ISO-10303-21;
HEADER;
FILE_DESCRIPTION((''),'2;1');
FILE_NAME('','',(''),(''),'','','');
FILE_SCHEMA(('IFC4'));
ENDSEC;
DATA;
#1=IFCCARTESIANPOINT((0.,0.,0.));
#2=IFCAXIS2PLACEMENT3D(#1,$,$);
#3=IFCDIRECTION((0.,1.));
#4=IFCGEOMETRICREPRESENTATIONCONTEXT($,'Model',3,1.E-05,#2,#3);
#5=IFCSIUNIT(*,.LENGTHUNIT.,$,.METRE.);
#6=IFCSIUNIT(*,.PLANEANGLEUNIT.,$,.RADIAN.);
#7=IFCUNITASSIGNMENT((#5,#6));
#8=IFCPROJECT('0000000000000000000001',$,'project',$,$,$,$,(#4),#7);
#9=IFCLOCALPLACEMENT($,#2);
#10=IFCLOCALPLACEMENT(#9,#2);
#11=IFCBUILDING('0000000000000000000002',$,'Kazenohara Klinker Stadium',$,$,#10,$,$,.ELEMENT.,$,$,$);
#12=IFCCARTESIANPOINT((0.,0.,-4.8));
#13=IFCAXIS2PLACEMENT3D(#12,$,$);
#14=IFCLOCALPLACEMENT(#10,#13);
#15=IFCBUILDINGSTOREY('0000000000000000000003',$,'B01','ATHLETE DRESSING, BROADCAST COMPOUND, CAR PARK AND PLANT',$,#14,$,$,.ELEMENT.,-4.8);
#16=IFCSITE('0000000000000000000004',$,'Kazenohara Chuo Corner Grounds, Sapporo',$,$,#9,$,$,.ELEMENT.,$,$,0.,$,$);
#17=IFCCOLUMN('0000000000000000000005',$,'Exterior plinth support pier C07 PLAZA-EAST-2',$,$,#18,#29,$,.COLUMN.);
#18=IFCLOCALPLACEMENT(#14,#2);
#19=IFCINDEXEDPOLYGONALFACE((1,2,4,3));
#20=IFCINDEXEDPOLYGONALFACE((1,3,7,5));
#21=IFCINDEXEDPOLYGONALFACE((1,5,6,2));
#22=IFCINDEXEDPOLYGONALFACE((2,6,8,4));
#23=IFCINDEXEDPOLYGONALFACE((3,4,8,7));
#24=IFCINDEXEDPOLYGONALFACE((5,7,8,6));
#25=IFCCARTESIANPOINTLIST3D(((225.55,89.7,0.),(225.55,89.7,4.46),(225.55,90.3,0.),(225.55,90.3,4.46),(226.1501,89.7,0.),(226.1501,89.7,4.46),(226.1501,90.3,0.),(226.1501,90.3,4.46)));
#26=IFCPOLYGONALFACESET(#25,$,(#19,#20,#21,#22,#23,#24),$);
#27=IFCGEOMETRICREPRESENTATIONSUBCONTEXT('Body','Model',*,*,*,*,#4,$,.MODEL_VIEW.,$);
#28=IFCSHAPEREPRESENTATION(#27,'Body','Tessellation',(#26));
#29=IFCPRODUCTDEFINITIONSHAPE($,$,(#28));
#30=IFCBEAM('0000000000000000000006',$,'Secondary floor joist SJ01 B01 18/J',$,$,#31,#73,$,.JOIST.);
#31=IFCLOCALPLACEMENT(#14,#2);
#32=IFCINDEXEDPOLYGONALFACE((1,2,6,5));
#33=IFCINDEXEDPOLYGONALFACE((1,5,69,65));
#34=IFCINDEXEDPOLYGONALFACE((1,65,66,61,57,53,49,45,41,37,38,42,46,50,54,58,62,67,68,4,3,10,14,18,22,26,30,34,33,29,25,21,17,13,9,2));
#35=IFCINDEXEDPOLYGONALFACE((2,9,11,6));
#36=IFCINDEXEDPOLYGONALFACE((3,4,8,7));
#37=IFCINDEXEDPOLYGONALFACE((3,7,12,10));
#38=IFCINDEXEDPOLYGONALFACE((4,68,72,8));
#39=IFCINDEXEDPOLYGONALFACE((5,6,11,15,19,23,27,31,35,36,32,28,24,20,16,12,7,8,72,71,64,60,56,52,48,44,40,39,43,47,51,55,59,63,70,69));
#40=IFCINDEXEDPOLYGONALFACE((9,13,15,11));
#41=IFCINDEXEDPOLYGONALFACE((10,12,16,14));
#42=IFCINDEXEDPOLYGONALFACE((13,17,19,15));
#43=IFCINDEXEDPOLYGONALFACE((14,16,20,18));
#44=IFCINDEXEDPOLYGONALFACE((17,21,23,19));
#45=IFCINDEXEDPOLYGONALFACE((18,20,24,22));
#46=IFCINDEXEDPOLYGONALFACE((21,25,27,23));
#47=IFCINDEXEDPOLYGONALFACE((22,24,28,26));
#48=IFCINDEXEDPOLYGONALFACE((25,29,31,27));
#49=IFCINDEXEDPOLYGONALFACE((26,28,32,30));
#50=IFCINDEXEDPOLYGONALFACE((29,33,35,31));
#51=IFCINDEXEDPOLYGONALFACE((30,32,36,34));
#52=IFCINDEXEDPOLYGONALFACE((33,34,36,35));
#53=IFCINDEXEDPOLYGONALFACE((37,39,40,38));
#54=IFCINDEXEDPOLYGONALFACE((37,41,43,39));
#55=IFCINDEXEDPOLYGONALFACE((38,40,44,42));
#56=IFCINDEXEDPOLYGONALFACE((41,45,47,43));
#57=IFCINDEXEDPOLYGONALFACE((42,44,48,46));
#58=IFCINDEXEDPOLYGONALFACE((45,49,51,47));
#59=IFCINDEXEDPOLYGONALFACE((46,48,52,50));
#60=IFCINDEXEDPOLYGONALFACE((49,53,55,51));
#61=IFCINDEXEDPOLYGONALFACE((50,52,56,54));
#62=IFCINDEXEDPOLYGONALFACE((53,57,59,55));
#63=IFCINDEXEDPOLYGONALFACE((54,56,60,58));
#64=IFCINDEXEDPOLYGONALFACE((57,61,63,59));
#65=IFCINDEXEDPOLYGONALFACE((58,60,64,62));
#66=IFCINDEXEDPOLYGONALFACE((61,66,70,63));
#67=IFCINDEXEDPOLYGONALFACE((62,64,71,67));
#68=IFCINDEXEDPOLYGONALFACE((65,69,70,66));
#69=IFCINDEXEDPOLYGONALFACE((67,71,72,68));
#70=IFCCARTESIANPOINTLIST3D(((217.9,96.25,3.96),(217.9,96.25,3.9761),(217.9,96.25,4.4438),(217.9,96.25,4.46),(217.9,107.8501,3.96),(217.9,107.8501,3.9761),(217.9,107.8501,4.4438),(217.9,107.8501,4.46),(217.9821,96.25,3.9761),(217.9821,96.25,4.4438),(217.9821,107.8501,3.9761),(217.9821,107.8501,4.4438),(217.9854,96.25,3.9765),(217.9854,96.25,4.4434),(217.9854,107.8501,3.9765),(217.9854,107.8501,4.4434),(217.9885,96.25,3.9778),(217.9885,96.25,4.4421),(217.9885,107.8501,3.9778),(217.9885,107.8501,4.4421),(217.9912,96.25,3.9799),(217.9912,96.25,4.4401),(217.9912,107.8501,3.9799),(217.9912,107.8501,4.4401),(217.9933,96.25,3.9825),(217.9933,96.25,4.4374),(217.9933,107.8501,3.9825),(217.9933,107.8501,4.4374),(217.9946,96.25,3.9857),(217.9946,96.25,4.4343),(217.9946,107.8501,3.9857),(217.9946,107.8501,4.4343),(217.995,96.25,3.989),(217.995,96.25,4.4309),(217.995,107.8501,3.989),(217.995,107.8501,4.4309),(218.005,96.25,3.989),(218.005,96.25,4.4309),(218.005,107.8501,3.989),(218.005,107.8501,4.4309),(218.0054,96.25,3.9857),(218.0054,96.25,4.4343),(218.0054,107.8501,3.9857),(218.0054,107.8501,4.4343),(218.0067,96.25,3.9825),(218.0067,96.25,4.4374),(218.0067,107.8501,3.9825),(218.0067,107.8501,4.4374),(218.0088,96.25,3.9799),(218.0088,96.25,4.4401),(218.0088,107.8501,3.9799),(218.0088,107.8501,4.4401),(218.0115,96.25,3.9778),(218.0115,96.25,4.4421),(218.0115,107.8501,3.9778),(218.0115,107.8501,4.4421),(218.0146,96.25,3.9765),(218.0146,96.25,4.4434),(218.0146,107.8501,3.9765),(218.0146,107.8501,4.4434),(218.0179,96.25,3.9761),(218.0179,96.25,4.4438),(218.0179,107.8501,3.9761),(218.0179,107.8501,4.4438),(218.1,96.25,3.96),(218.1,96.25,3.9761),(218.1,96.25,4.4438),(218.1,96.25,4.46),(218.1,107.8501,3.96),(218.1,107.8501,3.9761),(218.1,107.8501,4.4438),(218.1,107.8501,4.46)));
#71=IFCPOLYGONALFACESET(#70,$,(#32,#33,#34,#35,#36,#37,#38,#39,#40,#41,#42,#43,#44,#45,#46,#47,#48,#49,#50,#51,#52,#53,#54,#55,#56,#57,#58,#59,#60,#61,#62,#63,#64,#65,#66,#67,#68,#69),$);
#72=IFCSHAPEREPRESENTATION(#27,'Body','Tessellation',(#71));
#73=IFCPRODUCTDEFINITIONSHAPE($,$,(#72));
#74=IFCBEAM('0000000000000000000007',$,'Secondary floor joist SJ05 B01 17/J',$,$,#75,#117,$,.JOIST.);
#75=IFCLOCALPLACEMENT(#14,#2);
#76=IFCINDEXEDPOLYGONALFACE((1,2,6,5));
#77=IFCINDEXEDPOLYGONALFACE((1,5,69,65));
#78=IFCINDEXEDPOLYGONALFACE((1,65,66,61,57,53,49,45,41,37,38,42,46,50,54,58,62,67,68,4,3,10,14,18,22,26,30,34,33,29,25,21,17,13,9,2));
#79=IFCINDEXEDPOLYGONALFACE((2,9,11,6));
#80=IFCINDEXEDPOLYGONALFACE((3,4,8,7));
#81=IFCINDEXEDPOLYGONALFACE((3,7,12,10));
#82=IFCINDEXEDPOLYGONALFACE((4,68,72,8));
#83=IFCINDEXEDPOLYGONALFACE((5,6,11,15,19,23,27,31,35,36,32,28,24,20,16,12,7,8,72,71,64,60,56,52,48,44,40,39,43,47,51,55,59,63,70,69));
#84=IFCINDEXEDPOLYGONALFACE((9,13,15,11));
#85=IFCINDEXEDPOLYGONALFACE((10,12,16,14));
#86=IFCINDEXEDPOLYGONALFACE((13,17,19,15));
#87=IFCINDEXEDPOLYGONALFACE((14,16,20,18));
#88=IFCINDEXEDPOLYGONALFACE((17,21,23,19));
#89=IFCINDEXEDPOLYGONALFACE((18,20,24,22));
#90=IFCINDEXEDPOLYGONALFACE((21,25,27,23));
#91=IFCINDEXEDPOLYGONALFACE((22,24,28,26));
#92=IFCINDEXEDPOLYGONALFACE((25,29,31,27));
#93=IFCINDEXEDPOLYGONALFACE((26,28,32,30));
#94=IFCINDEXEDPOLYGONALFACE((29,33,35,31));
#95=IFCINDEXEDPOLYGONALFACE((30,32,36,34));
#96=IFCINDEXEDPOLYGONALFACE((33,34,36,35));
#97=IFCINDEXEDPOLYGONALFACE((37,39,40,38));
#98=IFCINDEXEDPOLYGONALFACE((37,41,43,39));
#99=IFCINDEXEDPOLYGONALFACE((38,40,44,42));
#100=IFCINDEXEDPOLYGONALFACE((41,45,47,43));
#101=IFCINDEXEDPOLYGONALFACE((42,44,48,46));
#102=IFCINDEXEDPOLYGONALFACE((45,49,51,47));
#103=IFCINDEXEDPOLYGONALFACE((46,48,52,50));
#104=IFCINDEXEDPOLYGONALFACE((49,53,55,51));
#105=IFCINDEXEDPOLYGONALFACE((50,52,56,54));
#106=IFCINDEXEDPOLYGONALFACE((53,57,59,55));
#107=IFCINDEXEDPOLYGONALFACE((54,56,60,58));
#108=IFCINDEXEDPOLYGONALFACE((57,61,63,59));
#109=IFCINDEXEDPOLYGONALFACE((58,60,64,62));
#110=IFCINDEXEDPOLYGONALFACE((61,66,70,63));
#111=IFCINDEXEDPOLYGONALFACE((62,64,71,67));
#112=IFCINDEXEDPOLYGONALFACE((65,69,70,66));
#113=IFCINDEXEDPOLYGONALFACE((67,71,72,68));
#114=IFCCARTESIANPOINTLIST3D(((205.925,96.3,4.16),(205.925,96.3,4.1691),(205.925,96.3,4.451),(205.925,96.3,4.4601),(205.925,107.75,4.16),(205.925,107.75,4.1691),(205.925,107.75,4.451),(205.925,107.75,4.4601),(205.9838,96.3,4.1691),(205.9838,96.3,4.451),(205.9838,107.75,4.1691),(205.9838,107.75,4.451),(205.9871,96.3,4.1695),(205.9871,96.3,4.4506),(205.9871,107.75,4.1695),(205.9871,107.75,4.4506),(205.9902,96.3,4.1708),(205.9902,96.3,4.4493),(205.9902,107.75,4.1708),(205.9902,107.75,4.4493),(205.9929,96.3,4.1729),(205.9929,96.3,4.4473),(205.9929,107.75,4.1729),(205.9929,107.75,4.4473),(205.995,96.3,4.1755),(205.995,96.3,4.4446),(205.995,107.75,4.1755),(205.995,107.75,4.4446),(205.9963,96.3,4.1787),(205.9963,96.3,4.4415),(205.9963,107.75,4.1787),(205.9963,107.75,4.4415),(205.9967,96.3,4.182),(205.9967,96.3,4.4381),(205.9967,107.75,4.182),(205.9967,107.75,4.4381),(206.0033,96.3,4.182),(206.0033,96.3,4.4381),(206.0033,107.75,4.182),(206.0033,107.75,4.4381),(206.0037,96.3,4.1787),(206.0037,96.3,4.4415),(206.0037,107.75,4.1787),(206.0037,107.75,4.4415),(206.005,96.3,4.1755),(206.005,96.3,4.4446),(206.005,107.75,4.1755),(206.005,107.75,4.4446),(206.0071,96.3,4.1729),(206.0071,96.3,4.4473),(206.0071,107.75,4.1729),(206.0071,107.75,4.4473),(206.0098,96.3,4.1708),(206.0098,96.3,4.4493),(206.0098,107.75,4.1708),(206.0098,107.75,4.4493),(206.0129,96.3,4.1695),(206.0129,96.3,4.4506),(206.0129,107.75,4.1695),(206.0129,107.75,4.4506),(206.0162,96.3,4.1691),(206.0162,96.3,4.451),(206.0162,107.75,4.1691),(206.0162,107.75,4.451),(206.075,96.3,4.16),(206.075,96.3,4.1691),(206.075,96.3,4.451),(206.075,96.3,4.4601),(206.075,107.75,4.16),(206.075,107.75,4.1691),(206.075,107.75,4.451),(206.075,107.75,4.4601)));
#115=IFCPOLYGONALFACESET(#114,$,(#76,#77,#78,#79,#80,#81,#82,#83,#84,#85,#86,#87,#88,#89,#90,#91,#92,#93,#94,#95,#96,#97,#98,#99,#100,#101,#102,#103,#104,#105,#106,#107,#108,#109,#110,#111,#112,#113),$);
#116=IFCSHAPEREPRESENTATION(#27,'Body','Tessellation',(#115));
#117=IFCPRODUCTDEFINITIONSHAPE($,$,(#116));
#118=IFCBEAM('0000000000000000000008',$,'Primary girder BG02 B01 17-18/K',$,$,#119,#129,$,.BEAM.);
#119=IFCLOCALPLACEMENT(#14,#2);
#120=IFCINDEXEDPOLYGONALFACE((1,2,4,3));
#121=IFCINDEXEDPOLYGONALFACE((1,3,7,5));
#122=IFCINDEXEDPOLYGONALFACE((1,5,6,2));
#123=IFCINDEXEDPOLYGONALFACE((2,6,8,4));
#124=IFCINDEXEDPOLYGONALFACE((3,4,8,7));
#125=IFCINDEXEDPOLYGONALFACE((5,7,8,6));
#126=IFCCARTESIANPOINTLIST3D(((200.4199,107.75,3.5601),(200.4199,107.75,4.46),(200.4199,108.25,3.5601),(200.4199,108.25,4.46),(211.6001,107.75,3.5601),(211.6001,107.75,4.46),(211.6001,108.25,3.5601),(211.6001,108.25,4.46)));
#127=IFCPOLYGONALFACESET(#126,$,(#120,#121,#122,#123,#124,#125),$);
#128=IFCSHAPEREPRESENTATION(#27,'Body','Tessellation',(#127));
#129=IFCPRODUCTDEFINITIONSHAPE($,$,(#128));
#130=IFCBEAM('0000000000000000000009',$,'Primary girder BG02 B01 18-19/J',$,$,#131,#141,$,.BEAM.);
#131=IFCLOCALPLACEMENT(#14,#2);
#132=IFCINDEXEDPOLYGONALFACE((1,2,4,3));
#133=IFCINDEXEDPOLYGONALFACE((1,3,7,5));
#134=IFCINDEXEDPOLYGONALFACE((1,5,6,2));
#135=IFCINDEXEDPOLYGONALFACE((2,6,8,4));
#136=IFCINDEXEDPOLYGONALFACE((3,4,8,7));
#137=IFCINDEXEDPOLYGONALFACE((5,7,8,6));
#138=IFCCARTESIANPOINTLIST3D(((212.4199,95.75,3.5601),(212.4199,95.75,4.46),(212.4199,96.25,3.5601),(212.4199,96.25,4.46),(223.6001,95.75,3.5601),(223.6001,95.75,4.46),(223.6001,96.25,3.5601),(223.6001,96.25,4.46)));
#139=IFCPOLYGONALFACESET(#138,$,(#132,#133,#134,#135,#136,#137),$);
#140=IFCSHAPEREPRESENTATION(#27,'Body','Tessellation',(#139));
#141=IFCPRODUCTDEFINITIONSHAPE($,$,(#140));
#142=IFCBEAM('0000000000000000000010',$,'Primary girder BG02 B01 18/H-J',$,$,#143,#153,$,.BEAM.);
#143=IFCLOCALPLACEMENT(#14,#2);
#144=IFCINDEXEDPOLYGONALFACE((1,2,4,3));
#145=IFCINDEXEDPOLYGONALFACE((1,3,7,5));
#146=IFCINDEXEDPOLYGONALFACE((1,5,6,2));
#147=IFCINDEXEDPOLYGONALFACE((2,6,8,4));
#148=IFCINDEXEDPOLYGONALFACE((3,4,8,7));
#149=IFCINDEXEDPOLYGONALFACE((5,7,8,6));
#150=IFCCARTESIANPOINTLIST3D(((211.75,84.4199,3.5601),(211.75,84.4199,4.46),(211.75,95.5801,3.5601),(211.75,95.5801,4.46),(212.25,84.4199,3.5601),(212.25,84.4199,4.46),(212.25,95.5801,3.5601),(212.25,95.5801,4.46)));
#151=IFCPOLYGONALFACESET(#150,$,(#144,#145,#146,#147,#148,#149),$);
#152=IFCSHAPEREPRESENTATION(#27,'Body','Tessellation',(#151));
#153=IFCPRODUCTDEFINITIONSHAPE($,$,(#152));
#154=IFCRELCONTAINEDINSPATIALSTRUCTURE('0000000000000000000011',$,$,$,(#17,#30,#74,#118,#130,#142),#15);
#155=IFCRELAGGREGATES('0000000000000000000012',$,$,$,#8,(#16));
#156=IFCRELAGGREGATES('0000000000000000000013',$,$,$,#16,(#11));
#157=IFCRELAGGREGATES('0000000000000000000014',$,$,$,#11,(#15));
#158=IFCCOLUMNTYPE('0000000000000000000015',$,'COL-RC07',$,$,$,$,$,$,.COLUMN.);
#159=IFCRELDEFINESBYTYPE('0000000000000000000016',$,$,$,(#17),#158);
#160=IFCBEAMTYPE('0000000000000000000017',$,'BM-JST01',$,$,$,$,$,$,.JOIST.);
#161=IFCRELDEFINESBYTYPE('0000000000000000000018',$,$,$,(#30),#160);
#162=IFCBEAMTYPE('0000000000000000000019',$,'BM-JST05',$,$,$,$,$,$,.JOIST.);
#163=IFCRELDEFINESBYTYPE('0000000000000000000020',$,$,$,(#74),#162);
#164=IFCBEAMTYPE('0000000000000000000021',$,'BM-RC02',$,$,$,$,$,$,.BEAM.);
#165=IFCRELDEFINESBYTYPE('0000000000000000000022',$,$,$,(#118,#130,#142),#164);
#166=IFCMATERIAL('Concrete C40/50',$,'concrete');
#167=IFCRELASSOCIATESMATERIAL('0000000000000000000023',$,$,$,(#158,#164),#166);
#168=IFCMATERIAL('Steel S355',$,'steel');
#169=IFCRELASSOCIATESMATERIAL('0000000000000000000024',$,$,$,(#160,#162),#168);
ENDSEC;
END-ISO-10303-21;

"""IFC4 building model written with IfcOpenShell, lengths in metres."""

from ifc_helpers import new_model, si_unit, direction, frame, origin, origin_2d, place, context, subcontext, project, spatial, rectangle, i_section, extrude, material, material_profile, profile_set, type_object, element, save


model = new_model("IFC4")

# Units and contexts
model_context = context("Model", 3, precision=1e-05, world=origin(), true_north=direction((0.0, 1.0)))
body_context = subcontext(model_context, "Body", "Model", "MODEL_VIEW")
ifc_project = project(units=[si_unit("LENGTHUNIT", "METRE"), si_unit("PLANEANGLEUNIT", "RADIAN")], contexts=[model_context])

# Site, building, storey
site_placement = place(None, origin())
site = spatial("IfcSite", under=ifc_project, at=site_placement, Name="Kazenohara Chuo Corner Grounds, Sapporo", CompositionType="ELEMENT", RefElevation=0.0)
building_placement = place(site_placement, origin())
building = spatial("IfcBuilding", under=site, at=building_placement, Name="Kazenohara Klinker Stadium", CompositionType="ELEMENT")
storey_placement = place(building_placement, frame((0.0, 0.0, -4.8)))
storey = spatial("IfcBuildingStorey", under=building, at=storey_placement, Name="B01", Description="ATHLETE DRESSING, BROADCAST COMPOUND, CAR PARK AND PLANT", CompositionType="ELEMENT", Elevation=-4.8)

# Column
ifc_material_1 = material(Name="Concrete C40/50", Category="concrete")
ifc_material_profile_1 = material_profile(ifc_material_1, rectangle(XDim=0.6001, YDim=0.6001, at=origin_2d()), Name="RC-COL-600x600")
ifc_profile_set_1 = profile_set([ifc_material_profile_1], Name="Concrete C40/50")
column_type_1 = type_object("IfcColumnType", Name="COL-RC07", PredefinedType="COLUMN", material=ifc_profile_set_1)
column_1_placement = place(storey_placement, frame((225.8501, 90.0, 0.0), z_axis=(0.0, 0.0, 1.0), x_axis=(1.0, 0.0, 0.0)))
element("IfcColumn", 1, at=column_1_placement, inside=storey, type_object=column_type_1, Name="Exterior plinth support pier C07 PLAZA-EAST-2", PredefinedType="COLUMN", context=body_context, shape_type="SweptSolid", body=[
    extrude(rectangle(XDim=0.6001, YDim=0.6001, at=origin_2d()), origin(), (0.0, 0.0, 1.0), 4.46),
])

# Beams
ifc_material_2 = material(Name="Steel S355", Category="steel")
ifc_material_profile_2 = material_profile(ifc_material_2, i_section(OverallWidth=0.2, OverallDepth=0.5, WebThickness=0.01, FlangeThickness=0.0161, FilletRadius=0.0129, at=origin_2d()), Name="H-500x200x10x16")
ifc_profile_set_2 = profile_set([ifc_material_profile_2], Name="Steel S355")
beam_type_1 = type_object("IfcBeamType", Name="BM-JST01", PredefinedType="JOIST", material=ifc_profile_set_2)
beam_1_placement = place(storey_placement, frame((218.0, 96.25, 4.21), z_axis=(0.0, 1.0, 0.0), x_axis=(-1.0, 0.0, 0.0)))
element("IfcBeam", 2, at=beam_1_placement, inside=storey, type_object=beam_type_1, Name="Secondary floor joist SJ01 B01 18/J", PredefinedType="JOIST", context=body_context, shape_type="SweptSolid", body=[
    extrude(i_section(OverallWidth=0.2, OverallDepth=0.5, WebThickness=0.01, FlangeThickness=0.0161, FilletRadius=0.0129, at=origin_2d()), origin(), (0.0, 0.0, 1.0), 11.6001),
])
ifc_material_profile_3 = material_profile(ifc_material_2, i_section(OverallWidth=0.1499, OverallDepth=0.3, WebThickness=0.0066, FlangeThickness=0.009, FilletRadius=0.0129, at=origin_2d()), Name="H-300x150x6.5x9")
ifc_profile_set_3 = profile_set([ifc_material_profile_3], Name="Steel S355")
beam_type_2 = type_object("IfcBeamType", Name="BM-JST05", PredefinedType="JOIST", material=ifc_profile_set_3)
beam_2_placement = place(storey_placement, frame((206.0, 96.3, 4.3101), z_axis=(0.0, 1.0, 0.0), x_axis=(-1.0, 0.0, 0.0)))
element("IfcBeam", 3, at=beam_2_placement, inside=storey, type_object=beam_type_2, Name="Secondary floor joist SJ05 B01 17/J", PredefinedType="JOIST", context=body_context, shape_type="SweptSolid", body=[
    extrude(i_section(OverallWidth=0.1499, OverallDepth=0.3, WebThickness=0.0066, FlangeThickness=0.009, FilletRadius=0.0129, at=origin_2d()), origin(), (0.0, 0.0, 1.0), 11.45),
])
ifc_material_profile_4 = material_profile(ifc_material_1, rectangle(XDim=0.5, YDim=0.8999, at=origin_2d()), Name="RC-BM-500x900")
ifc_profile_set_4 = profile_set([ifc_material_profile_4], Name="Concrete C40/50")
beam_type_3 = type_object("IfcBeamType", Name="BM-RC02", PredefinedType="BEAM", material=ifc_profile_set_4)
for number, where, z_axis, x_axis, name in (
    (4, (200.4199, 108.0, 4.01), (1.0, 0.0, 0.0), (0.0, 1.0, 0.0), "Primary girder BG02 B01 17-18/K"),
    (5, (212.4199, 96.0, 4.01), (1.0, 0.0, 0.0), (0.0, 1.0, 0.0), "Primary girder BG02 B01 18-19/J"),
):
    element("IfcBeam", number, at=place(storey_placement, frame(where, z_axis=z_axis, x_axis=x_axis)), inside=storey, type_object=beam_type_3, Name=name, PredefinedType="BEAM", context=body_context, shape_type="SweptSolid", body=[
        extrude(rectangle(XDim=0.5, YDim=0.8999, at=origin_2d()), origin(), (0.0, 0.0, 1.0), 11.1802),
    ])
beam_3_placement = place(storey_placement, frame((212.0, 84.4199, 4.01), z_axis=(0.0, 1.0, 0.0), x_axis=(-1.0, 0.0, 0.0)))
element("IfcBeam", 6, at=beam_3_placement, inside=storey, type_object=beam_type_3, Name="Primary girder BG02 B01 18/H-J", PredefinedType="BEAM", context=body_context, shape_type="SweptSolid", body=[
    extrude(rectangle(XDim=0.5, YDim=0.8999, at=origin_2d()), origin(), (0.0, 0.0, 1.0), 11.1602),
])

save(model, "model.ifc")
